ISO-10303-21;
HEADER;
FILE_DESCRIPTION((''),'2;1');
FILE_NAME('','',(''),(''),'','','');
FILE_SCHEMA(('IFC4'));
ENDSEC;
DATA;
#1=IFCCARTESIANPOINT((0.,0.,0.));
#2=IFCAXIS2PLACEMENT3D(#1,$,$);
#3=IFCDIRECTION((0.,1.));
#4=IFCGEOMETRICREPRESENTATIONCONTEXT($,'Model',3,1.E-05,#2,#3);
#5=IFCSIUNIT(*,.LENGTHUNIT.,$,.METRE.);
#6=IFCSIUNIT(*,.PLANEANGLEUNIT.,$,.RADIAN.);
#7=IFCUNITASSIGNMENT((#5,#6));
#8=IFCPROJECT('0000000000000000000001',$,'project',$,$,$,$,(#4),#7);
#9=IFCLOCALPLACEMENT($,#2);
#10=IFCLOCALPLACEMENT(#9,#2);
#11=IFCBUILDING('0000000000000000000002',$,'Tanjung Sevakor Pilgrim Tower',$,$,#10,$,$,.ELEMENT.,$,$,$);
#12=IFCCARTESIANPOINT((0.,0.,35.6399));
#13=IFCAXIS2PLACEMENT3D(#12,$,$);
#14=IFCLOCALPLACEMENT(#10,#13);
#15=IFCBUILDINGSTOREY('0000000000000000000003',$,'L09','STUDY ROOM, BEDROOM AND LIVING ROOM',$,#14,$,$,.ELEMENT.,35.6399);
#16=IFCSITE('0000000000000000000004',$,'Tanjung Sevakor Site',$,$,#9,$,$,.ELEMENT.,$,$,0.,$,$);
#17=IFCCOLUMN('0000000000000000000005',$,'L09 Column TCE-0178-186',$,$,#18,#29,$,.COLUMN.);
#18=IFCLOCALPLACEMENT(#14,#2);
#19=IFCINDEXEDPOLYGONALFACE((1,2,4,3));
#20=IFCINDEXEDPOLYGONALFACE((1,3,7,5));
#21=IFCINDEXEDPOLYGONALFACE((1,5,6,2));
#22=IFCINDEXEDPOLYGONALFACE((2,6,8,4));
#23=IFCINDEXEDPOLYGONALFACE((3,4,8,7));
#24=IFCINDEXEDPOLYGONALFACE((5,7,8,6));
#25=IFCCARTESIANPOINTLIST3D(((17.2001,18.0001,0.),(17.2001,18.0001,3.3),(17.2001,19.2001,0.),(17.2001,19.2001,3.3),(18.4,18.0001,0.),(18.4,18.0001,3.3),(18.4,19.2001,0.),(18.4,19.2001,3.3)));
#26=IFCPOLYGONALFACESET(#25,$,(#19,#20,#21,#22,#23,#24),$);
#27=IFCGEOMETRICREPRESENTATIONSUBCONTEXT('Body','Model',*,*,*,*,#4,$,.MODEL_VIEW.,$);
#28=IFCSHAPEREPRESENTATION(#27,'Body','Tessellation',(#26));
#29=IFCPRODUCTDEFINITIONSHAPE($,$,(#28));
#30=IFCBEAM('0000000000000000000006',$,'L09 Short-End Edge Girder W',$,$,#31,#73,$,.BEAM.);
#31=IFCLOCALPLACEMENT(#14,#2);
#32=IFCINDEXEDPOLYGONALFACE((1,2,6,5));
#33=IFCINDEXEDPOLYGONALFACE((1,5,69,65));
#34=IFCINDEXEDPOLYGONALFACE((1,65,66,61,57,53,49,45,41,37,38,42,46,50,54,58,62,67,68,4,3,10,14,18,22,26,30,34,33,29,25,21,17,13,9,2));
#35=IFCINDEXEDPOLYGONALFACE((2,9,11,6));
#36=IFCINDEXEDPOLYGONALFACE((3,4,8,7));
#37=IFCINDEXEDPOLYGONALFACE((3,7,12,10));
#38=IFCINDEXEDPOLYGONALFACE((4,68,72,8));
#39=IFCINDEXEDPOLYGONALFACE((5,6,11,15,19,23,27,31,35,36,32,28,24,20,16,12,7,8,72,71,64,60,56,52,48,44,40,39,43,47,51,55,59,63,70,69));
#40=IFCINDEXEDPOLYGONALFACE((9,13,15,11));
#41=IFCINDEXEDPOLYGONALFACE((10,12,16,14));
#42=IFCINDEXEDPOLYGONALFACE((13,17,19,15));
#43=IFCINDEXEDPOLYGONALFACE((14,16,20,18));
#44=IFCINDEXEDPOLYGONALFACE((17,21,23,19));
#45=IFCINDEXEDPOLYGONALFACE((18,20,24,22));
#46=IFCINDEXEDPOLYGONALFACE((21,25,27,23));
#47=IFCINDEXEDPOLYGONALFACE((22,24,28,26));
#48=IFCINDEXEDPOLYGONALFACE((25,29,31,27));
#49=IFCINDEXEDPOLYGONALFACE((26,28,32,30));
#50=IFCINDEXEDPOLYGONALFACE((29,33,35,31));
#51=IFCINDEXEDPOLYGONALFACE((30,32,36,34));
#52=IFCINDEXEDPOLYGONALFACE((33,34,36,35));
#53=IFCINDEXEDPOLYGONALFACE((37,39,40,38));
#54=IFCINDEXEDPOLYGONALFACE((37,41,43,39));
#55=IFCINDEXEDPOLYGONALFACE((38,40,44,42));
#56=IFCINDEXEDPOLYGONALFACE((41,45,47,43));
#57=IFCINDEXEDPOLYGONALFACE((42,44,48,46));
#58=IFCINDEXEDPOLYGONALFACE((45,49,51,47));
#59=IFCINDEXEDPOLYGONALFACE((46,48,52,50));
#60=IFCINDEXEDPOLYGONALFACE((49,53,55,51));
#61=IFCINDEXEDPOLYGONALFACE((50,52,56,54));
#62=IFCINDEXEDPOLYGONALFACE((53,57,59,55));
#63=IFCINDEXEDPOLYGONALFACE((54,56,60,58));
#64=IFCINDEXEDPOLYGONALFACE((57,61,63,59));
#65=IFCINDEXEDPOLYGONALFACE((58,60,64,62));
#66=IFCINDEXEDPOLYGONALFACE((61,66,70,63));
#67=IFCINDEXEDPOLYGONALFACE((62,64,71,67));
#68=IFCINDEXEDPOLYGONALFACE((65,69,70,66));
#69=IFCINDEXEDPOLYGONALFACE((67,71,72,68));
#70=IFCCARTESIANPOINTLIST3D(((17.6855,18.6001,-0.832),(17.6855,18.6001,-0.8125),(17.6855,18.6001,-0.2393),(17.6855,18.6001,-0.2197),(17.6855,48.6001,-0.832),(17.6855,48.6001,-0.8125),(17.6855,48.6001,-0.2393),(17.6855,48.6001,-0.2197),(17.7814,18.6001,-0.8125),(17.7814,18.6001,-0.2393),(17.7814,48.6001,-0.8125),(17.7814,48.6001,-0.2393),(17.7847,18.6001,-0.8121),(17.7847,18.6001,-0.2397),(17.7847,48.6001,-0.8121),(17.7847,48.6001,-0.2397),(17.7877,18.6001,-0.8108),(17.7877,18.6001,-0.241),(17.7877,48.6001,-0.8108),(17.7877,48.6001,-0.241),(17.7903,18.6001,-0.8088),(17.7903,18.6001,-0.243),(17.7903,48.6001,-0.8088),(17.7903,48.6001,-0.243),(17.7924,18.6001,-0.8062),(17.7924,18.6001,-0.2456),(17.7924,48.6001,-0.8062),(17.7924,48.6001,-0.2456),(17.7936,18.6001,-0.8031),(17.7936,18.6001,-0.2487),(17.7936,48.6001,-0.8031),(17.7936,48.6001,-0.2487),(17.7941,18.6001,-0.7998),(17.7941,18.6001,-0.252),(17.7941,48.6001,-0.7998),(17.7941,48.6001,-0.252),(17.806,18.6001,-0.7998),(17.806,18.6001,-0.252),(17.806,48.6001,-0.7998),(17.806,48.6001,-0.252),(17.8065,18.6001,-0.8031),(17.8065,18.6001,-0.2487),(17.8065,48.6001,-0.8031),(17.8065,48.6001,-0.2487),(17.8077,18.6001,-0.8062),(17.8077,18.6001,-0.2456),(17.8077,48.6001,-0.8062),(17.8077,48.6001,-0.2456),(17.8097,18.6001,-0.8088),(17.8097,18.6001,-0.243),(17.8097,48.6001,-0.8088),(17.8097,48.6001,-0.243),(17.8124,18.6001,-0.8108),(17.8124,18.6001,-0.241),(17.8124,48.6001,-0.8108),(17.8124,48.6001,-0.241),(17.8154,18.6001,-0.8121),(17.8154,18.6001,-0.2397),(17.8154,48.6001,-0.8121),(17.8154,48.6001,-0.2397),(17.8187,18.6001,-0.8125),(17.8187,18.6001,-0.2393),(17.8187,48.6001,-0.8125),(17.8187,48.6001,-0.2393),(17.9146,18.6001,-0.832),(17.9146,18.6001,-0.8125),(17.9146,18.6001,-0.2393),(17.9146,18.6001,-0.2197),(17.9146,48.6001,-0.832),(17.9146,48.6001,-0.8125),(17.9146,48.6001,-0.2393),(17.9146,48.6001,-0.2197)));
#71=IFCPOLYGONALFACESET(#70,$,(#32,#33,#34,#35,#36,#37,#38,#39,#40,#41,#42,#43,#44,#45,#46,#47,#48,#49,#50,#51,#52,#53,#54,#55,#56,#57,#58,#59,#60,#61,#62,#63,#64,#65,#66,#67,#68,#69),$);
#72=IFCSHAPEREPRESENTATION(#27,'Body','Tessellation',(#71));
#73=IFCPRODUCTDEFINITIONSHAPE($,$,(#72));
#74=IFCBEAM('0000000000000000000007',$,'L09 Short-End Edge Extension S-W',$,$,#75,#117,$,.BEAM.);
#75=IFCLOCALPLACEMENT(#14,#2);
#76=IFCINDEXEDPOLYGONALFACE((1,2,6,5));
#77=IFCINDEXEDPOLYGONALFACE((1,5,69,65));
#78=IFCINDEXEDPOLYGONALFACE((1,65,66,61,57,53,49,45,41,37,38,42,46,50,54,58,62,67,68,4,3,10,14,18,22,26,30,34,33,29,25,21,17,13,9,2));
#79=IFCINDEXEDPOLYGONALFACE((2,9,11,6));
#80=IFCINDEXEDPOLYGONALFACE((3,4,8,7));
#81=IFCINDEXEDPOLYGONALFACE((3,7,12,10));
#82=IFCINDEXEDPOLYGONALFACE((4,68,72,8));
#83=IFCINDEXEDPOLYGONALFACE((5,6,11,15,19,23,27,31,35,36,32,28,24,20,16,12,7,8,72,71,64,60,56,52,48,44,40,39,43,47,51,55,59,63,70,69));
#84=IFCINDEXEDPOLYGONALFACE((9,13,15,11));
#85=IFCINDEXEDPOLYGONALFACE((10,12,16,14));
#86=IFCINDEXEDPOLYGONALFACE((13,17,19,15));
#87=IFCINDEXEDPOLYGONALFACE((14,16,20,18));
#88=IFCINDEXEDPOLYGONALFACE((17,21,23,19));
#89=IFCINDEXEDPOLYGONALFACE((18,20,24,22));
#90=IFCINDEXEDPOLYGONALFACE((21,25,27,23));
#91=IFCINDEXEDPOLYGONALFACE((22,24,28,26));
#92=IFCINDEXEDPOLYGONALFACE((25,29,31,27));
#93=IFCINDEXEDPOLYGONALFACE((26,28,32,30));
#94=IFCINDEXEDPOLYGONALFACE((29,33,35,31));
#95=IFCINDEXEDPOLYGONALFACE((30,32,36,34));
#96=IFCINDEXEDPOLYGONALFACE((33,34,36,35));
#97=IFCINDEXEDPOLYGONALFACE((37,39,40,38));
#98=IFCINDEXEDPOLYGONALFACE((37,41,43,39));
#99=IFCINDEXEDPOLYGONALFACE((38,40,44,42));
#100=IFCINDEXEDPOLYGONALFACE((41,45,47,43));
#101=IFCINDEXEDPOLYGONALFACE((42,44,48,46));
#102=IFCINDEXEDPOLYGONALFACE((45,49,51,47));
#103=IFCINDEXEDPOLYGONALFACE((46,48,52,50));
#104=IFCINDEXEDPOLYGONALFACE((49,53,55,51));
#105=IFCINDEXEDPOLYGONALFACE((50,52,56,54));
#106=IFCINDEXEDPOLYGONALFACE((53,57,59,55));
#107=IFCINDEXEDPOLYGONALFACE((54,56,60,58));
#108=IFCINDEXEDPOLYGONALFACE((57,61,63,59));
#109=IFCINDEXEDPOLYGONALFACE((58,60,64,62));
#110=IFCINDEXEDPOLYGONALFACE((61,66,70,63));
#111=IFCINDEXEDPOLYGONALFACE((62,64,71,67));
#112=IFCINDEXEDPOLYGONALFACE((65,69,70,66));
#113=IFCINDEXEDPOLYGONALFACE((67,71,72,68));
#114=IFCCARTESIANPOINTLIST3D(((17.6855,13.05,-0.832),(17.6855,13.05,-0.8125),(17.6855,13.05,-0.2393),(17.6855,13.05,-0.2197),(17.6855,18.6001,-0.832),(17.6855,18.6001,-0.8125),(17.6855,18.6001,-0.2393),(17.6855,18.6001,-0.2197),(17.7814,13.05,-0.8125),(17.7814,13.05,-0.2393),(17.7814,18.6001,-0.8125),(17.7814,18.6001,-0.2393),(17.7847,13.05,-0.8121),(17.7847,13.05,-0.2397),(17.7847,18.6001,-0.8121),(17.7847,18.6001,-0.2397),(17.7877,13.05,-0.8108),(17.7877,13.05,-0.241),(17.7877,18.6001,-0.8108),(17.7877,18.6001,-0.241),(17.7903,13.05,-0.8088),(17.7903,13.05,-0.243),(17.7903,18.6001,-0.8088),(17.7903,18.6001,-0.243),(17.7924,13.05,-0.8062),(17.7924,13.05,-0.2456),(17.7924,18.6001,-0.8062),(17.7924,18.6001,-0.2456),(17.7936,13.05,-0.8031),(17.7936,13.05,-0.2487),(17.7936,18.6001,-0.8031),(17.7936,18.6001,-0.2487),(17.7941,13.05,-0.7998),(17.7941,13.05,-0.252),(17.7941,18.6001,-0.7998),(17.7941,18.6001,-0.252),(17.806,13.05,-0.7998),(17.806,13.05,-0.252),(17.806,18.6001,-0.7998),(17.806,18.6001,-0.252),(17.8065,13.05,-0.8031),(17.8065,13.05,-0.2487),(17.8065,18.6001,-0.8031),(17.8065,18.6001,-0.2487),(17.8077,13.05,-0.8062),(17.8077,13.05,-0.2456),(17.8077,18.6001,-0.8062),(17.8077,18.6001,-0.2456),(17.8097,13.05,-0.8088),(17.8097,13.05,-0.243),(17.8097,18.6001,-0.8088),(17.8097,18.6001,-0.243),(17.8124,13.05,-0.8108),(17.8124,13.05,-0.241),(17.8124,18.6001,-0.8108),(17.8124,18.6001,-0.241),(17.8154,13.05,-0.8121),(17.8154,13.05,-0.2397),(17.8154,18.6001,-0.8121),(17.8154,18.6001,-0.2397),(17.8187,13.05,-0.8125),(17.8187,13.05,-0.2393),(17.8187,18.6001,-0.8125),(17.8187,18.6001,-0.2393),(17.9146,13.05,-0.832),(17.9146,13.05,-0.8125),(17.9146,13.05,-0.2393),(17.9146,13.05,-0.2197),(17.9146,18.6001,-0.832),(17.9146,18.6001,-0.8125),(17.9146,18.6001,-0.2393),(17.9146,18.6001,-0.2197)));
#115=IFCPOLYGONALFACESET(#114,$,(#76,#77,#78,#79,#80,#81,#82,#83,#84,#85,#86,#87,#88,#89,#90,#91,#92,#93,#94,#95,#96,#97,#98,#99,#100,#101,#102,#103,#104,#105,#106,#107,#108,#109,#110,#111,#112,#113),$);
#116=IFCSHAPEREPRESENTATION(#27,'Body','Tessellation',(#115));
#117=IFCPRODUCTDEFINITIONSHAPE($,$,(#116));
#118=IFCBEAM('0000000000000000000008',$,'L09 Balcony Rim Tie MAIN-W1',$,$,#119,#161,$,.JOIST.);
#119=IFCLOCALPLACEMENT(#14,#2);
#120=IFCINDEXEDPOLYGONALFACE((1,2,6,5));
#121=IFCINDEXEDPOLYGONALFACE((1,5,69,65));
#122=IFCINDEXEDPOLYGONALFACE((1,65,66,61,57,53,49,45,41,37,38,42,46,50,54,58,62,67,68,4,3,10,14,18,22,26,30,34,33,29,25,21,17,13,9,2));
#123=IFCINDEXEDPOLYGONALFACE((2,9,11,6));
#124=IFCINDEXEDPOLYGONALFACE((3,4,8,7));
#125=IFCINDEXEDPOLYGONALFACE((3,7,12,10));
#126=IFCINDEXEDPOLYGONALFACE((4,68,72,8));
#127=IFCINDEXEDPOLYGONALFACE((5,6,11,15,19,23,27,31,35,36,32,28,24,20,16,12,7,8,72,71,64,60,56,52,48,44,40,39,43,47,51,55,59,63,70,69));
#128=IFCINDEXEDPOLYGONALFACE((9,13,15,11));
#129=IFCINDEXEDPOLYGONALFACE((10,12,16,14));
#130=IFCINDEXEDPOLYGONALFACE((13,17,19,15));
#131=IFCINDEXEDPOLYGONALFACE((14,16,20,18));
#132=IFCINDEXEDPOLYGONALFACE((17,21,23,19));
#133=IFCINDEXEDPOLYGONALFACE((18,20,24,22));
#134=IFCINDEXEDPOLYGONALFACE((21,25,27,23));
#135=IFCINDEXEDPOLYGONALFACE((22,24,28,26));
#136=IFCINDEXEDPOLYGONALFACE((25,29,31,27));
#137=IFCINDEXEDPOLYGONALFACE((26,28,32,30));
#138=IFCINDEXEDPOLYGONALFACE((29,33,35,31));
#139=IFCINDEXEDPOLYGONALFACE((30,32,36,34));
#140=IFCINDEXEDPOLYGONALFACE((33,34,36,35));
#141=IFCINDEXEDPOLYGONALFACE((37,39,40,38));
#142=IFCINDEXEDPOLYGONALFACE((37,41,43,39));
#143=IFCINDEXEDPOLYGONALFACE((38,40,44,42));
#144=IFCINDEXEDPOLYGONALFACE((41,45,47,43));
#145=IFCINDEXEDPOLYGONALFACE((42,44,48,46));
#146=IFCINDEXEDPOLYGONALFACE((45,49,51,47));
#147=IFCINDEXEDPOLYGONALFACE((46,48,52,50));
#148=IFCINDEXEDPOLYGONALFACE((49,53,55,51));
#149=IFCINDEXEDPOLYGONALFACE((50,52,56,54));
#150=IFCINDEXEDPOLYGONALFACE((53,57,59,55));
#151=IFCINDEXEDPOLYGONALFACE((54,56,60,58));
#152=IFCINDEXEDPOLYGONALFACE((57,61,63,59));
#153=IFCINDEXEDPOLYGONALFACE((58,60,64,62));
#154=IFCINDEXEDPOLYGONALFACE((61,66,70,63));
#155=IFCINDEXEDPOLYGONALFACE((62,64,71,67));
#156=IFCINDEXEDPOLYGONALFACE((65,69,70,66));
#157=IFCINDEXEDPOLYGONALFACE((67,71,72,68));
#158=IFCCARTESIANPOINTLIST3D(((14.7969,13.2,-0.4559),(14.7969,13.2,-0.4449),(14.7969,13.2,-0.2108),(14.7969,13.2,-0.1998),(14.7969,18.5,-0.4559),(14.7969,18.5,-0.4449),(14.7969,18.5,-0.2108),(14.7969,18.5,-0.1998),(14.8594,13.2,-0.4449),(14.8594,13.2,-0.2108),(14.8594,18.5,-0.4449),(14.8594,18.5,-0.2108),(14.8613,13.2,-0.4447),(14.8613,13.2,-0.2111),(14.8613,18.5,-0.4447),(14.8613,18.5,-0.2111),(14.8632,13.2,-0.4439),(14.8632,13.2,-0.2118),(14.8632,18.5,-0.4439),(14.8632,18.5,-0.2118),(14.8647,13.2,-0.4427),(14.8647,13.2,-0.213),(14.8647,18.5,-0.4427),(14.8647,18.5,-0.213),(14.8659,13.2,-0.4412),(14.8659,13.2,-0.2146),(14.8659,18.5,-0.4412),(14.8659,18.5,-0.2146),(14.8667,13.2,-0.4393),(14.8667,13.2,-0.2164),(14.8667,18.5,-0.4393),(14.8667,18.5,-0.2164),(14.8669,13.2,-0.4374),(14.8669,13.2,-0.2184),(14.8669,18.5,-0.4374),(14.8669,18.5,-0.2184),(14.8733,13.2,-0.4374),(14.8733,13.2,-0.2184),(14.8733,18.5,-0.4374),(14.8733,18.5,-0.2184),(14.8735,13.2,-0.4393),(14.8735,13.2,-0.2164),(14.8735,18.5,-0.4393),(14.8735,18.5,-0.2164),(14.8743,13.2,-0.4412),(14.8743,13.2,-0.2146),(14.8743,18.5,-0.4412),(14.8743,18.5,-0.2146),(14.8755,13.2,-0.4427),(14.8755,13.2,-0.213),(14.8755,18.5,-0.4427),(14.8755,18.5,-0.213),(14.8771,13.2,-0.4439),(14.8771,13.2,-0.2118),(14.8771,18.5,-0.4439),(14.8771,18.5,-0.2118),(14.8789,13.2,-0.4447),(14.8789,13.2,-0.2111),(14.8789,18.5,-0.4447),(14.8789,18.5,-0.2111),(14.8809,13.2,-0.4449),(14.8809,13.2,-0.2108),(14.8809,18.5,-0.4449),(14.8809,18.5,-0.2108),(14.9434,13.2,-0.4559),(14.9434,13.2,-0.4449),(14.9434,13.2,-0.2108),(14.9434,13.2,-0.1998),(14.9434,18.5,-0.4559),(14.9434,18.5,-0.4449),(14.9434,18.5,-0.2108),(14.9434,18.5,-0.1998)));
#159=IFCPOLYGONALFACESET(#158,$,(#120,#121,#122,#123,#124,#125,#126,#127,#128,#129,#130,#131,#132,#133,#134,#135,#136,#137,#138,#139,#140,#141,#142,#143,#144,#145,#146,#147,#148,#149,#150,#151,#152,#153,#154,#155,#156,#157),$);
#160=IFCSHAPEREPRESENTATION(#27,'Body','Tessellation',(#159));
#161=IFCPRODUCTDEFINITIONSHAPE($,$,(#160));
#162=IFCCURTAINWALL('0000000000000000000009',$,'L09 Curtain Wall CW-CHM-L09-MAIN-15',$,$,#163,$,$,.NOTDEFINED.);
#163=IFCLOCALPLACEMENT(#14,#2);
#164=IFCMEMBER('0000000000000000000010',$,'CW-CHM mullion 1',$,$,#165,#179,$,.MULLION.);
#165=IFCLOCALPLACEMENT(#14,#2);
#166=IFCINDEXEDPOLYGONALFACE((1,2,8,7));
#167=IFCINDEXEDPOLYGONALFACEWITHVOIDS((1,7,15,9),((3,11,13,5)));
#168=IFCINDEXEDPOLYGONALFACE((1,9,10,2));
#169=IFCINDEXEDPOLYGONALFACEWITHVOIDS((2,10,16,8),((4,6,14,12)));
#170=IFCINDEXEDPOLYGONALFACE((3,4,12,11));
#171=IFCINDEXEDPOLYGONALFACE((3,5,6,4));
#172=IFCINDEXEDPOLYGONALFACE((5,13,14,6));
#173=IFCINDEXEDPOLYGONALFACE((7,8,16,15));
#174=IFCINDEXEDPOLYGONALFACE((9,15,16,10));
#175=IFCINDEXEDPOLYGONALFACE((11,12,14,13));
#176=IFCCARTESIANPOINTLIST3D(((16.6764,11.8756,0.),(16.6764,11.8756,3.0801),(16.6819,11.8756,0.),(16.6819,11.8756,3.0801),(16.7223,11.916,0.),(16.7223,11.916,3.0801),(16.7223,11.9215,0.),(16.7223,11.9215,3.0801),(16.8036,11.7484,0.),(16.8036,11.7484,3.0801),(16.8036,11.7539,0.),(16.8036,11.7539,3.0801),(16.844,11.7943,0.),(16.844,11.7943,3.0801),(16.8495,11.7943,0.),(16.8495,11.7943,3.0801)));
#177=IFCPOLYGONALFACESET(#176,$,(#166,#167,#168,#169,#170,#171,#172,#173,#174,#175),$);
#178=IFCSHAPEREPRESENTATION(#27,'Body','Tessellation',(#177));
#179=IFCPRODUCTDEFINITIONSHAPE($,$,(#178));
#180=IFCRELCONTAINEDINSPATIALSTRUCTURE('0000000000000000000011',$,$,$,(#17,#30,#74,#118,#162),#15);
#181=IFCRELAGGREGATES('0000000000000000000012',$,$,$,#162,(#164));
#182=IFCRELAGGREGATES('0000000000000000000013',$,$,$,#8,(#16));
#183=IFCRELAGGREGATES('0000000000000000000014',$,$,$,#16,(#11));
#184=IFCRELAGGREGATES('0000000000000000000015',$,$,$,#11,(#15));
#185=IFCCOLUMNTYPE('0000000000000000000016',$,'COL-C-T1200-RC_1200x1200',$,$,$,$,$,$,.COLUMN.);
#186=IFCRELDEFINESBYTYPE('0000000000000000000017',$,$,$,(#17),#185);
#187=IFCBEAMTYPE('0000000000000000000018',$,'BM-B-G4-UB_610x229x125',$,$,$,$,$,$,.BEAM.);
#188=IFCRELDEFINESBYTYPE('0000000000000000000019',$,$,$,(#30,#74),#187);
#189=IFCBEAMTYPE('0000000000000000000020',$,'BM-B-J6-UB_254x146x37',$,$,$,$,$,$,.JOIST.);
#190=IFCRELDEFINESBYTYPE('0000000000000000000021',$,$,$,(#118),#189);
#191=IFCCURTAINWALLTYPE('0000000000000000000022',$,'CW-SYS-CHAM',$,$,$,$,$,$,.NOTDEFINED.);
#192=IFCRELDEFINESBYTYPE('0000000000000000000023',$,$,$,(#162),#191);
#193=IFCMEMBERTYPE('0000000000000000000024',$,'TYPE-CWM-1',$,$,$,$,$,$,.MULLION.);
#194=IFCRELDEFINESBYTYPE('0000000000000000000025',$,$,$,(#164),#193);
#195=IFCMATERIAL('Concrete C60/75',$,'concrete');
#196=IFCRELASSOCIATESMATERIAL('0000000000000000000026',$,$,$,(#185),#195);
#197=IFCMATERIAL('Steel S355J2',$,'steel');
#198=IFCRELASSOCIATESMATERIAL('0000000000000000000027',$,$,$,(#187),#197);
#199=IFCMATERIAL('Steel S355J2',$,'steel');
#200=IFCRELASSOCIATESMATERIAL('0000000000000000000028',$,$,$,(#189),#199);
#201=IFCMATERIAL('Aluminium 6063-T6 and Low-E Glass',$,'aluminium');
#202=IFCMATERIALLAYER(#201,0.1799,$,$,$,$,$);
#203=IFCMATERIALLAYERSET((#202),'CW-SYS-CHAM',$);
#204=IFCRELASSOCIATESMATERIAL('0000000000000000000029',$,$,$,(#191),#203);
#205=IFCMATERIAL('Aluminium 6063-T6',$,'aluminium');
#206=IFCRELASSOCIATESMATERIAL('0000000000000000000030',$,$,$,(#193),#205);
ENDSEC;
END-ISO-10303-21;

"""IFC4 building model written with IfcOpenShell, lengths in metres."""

from ifc_helpers import new_model, si_unit, direction, frame, origin, origin_2d, place, context, subcontext, project, spatial, rectangle, hollow_rectangle, i_section, extrude, material, layer, layer_set, material_profile, profile_set, type_object, element, aggregate, save


model = new_model("IFC4")

# Units and contexts
model_context = context("Model", 3, precision=1e-05, world=origin(), true_north=direction((0.0, 1.0)))
body_context = subcontext(model_context, "Body", "Model", "MODEL_VIEW")
ifc_project = project(units=[si_unit("LENGTHUNIT", "METRE"), si_unit("PLANEANGLEUNIT", "RADIAN")], contexts=[model_context])

# Site, building, storey
site_placement = place(None, origin())
site = spatial("IfcSite", under=ifc_project, at=site_placement, Name="Tanjung Sevakor Site", CompositionType="ELEMENT", RefElevation=0.0)
building_placement = place(site_placement, origin())
building = spatial("IfcBuilding", under=site, at=building_placement, Name="Tanjung Sevakor Pilgrim Tower", CompositionType="ELEMENT")
storey_placement = place(building_placement, frame((0.0, 0.0, 35.6399)))
storey = spatial("IfcBuildingStorey", under=building, at=storey_placement, Name="L09", Description="STUDY ROOM, BEDROOM AND LIVING ROOM", CompositionType="ELEMENT", Elevation=35.6399)

# Column
ifc_material_1 = material(Name="Concrete C60/75", Category="concrete")
ifc_material_profile_1 = material_profile(ifc_material_1, rectangle(XDim=1.2, YDim=1.2, at=origin_2d()))
ifc_profile_set_1 = profile_set([ifc_material_profile_1], Name="Concrete C60/75")
column_type = type_object("IfcColumnType", Name="COL-C-T1200-RC_1200x1200", PredefinedType="COLUMN", material=ifc_profile_set_1)
column_placement = place(storey_placement, frame((17.8, 18.6001, 0.0), z_axis=(0.0, 0.0, 1.0), x_axis=(1.0, 0.0, 0.0)))
element("IfcColumn", 1, at=column_placement, inside=storey, type_object=column_type, Name="L09 Column TCE-0178-186", PredefinedType="COLUMN", context=body_context, shape_type="SweptSolid", body=[
    extrude(rectangle(XDim=1.2, YDim=1.2, at=origin_2d()), origin(), (0.0, 0.0, 1.0), 3.3),
])

# Beams
ifc_material_2 = material(Name="Steel S355J2", Category="steel")
ifc_material_profile_2 = material_profile(ifc_material_2, i_section(OverallWidth=0.229, OverallDepth=0.6123, WebThickness=0.012, FlangeThickness=0.0195, FilletRadius=0.0127, at=origin_2d()))
ifc_profile_set_2 = profile_set([ifc_material_profile_2], Name="Steel S355J2")
beam_type_1 = type_object("IfcBeamType", Name="BM-B-G4-UB_610x229x125", PredefinedType="BEAM", material=ifc_profile_set_2)
beam_1_placement = place(storey_placement, frame((17.8, 18.6001, -0.5259), z_axis=(0.0, 1.0, 0.0), x_axis=(-1.0, 0.0, 0.0)))
element("IfcBeam", 2, at=beam_1_placement, inside=storey, type_object=beam_type_1, Name="L09 Short-End Edge Girder W", PredefinedType="BEAM", context=body_context, shape_type="SweptSolid", body=[
    extrude(i_section(OverallWidth=0.229, OverallDepth=0.6123, WebThickness=0.012, FlangeThickness=0.0195, FilletRadius=0.0127, at=origin_2d()), origin(), (0.0, 0.0, 1.0), 30.0),
])
beam_2_placement = place(storey_placement, frame((17.8, 18.6001, -0.5259), z_axis=(0.0, -1.0, 0.0), x_axis=(1.0, 0.0, 0.0)))
element("IfcBeam", 3, at=beam_2_placement, inside=storey, type_object=beam_type_1, Name="L09 Short-End Edge Extension S-W", PredefinedType="BEAM", context=body_context, shape_type="SweptSolid", body=[
    extrude(i_section(OverallWidth=0.229, OverallDepth=0.6123, WebThickness=0.012, FlangeThickness=0.0195, FilletRadius=0.0127, at=origin_2d()), origin(), (0.0, 0.0, 1.0), 5.55),
])
ifc_material_3 = material(Name="Steel S355J2", Category="steel")
ifc_material_profile_3 = material_profile(ifc_material_3, i_section(OverallWidth=0.1465, OverallDepth=0.2561, WebThickness=0.0063, FlangeThickness=0.011, FilletRadius=0.0076, at=origin_2d()))
ifc_profile_set_3 = profile_set([ifc_material_profile_3], Name="Steel S355J2")
beam_type_2 = type_object("IfcBeamType", Name="BM-B-J6-UB_254x146x37", PredefinedType="JOIST", material=ifc_profile_set_3)
beam_3_placement = place(storey_placement, frame((14.8701, 13.2, -0.3279), z_axis=(0.0, 1.0, 0.0), x_axis=(-1.0, 0.0, 0.0)))
element("IfcBeam", 4, at=beam_3_placement, inside=storey, type_object=beam_type_2, Name="L09 Balcony Rim Tie MAIN-W1", PredefinedType="JOIST", context=body_context, shape_type="SweptSolid", body=[
    extrude(i_section(OverallWidth=0.1465, OverallDepth=0.2561, WebThickness=0.0063, FlangeThickness=0.011, FilletRadius=0.0076, at=origin_2d()), origin(), (0.0, 0.0, 1.0), 5.3),
])

# Curtain wall, member
ifc_material_4 = material(Name="Aluminium 6063-T6 and Low-E Glass", Category="aluminium")
ifc_layer_1 = layer(ifc_material_4, 0.1799)
ifc_layer_set_1 = layer_set([ifc_layer_1], Name="CW-SYS-CHAM")
curtain_wall_type = type_object("IfcCurtainWallType", Name="CW-SYS-CHAM", PredefinedType="NOTDEFINED", material=ifc_layer_set_1)
curtain_wall_placement = place(storey_placement, origin())
curtain_wall = element("IfcCurtainWall", 5, at=curtain_wall_placement, inside=storey, type_object=curtain_wall_type, Name="L09 Curtain Wall CW-CHM-L09-MAIN-15", PredefinedType="NOTDEFINED")
ifc_material_5 = material(Name="Aluminium 6063-T6", Category="aluminium")
ifc_material_profile_4 = material_profile(ifc_material_5, hollow_rectangle(XDim=0.0649, YDim=0.1799, WallThickness=0.0039, at=origin_2d()))
ifc_profile_set_4 = profile_set([ifc_material_profile_4], Name="Aluminium 6063-T6")
member_type_1 = type_object("IfcMemberType", Name="TYPE-CWM-1", PredefinedType="MULLION", material=ifc_profile_set_4)
member_1_placement = place(storey_placement, frame((16.7629, 11.835, 0.0), z_axis=(0.0, 0.0, 1.0), x_axis=(0.707107, 0.707107, 0.0)))
member_1 = element("IfcMember", 6, at=member_1_placement, type_object=member_type_1, Name="CW-CHM mullion 1", PredefinedType="MULLION", context=body_context, shape_type="SweptSolid", body=[
    extrude(hollow_rectangle(XDim=0.0649, YDim=0.1799, WallThickness=0.0039, at=origin_2d()), origin(), (0.0, 0.0, 1.0), 3.0801),
])
aggregate(curtain_wall, [member_1])

save(model, "model.ifc")
